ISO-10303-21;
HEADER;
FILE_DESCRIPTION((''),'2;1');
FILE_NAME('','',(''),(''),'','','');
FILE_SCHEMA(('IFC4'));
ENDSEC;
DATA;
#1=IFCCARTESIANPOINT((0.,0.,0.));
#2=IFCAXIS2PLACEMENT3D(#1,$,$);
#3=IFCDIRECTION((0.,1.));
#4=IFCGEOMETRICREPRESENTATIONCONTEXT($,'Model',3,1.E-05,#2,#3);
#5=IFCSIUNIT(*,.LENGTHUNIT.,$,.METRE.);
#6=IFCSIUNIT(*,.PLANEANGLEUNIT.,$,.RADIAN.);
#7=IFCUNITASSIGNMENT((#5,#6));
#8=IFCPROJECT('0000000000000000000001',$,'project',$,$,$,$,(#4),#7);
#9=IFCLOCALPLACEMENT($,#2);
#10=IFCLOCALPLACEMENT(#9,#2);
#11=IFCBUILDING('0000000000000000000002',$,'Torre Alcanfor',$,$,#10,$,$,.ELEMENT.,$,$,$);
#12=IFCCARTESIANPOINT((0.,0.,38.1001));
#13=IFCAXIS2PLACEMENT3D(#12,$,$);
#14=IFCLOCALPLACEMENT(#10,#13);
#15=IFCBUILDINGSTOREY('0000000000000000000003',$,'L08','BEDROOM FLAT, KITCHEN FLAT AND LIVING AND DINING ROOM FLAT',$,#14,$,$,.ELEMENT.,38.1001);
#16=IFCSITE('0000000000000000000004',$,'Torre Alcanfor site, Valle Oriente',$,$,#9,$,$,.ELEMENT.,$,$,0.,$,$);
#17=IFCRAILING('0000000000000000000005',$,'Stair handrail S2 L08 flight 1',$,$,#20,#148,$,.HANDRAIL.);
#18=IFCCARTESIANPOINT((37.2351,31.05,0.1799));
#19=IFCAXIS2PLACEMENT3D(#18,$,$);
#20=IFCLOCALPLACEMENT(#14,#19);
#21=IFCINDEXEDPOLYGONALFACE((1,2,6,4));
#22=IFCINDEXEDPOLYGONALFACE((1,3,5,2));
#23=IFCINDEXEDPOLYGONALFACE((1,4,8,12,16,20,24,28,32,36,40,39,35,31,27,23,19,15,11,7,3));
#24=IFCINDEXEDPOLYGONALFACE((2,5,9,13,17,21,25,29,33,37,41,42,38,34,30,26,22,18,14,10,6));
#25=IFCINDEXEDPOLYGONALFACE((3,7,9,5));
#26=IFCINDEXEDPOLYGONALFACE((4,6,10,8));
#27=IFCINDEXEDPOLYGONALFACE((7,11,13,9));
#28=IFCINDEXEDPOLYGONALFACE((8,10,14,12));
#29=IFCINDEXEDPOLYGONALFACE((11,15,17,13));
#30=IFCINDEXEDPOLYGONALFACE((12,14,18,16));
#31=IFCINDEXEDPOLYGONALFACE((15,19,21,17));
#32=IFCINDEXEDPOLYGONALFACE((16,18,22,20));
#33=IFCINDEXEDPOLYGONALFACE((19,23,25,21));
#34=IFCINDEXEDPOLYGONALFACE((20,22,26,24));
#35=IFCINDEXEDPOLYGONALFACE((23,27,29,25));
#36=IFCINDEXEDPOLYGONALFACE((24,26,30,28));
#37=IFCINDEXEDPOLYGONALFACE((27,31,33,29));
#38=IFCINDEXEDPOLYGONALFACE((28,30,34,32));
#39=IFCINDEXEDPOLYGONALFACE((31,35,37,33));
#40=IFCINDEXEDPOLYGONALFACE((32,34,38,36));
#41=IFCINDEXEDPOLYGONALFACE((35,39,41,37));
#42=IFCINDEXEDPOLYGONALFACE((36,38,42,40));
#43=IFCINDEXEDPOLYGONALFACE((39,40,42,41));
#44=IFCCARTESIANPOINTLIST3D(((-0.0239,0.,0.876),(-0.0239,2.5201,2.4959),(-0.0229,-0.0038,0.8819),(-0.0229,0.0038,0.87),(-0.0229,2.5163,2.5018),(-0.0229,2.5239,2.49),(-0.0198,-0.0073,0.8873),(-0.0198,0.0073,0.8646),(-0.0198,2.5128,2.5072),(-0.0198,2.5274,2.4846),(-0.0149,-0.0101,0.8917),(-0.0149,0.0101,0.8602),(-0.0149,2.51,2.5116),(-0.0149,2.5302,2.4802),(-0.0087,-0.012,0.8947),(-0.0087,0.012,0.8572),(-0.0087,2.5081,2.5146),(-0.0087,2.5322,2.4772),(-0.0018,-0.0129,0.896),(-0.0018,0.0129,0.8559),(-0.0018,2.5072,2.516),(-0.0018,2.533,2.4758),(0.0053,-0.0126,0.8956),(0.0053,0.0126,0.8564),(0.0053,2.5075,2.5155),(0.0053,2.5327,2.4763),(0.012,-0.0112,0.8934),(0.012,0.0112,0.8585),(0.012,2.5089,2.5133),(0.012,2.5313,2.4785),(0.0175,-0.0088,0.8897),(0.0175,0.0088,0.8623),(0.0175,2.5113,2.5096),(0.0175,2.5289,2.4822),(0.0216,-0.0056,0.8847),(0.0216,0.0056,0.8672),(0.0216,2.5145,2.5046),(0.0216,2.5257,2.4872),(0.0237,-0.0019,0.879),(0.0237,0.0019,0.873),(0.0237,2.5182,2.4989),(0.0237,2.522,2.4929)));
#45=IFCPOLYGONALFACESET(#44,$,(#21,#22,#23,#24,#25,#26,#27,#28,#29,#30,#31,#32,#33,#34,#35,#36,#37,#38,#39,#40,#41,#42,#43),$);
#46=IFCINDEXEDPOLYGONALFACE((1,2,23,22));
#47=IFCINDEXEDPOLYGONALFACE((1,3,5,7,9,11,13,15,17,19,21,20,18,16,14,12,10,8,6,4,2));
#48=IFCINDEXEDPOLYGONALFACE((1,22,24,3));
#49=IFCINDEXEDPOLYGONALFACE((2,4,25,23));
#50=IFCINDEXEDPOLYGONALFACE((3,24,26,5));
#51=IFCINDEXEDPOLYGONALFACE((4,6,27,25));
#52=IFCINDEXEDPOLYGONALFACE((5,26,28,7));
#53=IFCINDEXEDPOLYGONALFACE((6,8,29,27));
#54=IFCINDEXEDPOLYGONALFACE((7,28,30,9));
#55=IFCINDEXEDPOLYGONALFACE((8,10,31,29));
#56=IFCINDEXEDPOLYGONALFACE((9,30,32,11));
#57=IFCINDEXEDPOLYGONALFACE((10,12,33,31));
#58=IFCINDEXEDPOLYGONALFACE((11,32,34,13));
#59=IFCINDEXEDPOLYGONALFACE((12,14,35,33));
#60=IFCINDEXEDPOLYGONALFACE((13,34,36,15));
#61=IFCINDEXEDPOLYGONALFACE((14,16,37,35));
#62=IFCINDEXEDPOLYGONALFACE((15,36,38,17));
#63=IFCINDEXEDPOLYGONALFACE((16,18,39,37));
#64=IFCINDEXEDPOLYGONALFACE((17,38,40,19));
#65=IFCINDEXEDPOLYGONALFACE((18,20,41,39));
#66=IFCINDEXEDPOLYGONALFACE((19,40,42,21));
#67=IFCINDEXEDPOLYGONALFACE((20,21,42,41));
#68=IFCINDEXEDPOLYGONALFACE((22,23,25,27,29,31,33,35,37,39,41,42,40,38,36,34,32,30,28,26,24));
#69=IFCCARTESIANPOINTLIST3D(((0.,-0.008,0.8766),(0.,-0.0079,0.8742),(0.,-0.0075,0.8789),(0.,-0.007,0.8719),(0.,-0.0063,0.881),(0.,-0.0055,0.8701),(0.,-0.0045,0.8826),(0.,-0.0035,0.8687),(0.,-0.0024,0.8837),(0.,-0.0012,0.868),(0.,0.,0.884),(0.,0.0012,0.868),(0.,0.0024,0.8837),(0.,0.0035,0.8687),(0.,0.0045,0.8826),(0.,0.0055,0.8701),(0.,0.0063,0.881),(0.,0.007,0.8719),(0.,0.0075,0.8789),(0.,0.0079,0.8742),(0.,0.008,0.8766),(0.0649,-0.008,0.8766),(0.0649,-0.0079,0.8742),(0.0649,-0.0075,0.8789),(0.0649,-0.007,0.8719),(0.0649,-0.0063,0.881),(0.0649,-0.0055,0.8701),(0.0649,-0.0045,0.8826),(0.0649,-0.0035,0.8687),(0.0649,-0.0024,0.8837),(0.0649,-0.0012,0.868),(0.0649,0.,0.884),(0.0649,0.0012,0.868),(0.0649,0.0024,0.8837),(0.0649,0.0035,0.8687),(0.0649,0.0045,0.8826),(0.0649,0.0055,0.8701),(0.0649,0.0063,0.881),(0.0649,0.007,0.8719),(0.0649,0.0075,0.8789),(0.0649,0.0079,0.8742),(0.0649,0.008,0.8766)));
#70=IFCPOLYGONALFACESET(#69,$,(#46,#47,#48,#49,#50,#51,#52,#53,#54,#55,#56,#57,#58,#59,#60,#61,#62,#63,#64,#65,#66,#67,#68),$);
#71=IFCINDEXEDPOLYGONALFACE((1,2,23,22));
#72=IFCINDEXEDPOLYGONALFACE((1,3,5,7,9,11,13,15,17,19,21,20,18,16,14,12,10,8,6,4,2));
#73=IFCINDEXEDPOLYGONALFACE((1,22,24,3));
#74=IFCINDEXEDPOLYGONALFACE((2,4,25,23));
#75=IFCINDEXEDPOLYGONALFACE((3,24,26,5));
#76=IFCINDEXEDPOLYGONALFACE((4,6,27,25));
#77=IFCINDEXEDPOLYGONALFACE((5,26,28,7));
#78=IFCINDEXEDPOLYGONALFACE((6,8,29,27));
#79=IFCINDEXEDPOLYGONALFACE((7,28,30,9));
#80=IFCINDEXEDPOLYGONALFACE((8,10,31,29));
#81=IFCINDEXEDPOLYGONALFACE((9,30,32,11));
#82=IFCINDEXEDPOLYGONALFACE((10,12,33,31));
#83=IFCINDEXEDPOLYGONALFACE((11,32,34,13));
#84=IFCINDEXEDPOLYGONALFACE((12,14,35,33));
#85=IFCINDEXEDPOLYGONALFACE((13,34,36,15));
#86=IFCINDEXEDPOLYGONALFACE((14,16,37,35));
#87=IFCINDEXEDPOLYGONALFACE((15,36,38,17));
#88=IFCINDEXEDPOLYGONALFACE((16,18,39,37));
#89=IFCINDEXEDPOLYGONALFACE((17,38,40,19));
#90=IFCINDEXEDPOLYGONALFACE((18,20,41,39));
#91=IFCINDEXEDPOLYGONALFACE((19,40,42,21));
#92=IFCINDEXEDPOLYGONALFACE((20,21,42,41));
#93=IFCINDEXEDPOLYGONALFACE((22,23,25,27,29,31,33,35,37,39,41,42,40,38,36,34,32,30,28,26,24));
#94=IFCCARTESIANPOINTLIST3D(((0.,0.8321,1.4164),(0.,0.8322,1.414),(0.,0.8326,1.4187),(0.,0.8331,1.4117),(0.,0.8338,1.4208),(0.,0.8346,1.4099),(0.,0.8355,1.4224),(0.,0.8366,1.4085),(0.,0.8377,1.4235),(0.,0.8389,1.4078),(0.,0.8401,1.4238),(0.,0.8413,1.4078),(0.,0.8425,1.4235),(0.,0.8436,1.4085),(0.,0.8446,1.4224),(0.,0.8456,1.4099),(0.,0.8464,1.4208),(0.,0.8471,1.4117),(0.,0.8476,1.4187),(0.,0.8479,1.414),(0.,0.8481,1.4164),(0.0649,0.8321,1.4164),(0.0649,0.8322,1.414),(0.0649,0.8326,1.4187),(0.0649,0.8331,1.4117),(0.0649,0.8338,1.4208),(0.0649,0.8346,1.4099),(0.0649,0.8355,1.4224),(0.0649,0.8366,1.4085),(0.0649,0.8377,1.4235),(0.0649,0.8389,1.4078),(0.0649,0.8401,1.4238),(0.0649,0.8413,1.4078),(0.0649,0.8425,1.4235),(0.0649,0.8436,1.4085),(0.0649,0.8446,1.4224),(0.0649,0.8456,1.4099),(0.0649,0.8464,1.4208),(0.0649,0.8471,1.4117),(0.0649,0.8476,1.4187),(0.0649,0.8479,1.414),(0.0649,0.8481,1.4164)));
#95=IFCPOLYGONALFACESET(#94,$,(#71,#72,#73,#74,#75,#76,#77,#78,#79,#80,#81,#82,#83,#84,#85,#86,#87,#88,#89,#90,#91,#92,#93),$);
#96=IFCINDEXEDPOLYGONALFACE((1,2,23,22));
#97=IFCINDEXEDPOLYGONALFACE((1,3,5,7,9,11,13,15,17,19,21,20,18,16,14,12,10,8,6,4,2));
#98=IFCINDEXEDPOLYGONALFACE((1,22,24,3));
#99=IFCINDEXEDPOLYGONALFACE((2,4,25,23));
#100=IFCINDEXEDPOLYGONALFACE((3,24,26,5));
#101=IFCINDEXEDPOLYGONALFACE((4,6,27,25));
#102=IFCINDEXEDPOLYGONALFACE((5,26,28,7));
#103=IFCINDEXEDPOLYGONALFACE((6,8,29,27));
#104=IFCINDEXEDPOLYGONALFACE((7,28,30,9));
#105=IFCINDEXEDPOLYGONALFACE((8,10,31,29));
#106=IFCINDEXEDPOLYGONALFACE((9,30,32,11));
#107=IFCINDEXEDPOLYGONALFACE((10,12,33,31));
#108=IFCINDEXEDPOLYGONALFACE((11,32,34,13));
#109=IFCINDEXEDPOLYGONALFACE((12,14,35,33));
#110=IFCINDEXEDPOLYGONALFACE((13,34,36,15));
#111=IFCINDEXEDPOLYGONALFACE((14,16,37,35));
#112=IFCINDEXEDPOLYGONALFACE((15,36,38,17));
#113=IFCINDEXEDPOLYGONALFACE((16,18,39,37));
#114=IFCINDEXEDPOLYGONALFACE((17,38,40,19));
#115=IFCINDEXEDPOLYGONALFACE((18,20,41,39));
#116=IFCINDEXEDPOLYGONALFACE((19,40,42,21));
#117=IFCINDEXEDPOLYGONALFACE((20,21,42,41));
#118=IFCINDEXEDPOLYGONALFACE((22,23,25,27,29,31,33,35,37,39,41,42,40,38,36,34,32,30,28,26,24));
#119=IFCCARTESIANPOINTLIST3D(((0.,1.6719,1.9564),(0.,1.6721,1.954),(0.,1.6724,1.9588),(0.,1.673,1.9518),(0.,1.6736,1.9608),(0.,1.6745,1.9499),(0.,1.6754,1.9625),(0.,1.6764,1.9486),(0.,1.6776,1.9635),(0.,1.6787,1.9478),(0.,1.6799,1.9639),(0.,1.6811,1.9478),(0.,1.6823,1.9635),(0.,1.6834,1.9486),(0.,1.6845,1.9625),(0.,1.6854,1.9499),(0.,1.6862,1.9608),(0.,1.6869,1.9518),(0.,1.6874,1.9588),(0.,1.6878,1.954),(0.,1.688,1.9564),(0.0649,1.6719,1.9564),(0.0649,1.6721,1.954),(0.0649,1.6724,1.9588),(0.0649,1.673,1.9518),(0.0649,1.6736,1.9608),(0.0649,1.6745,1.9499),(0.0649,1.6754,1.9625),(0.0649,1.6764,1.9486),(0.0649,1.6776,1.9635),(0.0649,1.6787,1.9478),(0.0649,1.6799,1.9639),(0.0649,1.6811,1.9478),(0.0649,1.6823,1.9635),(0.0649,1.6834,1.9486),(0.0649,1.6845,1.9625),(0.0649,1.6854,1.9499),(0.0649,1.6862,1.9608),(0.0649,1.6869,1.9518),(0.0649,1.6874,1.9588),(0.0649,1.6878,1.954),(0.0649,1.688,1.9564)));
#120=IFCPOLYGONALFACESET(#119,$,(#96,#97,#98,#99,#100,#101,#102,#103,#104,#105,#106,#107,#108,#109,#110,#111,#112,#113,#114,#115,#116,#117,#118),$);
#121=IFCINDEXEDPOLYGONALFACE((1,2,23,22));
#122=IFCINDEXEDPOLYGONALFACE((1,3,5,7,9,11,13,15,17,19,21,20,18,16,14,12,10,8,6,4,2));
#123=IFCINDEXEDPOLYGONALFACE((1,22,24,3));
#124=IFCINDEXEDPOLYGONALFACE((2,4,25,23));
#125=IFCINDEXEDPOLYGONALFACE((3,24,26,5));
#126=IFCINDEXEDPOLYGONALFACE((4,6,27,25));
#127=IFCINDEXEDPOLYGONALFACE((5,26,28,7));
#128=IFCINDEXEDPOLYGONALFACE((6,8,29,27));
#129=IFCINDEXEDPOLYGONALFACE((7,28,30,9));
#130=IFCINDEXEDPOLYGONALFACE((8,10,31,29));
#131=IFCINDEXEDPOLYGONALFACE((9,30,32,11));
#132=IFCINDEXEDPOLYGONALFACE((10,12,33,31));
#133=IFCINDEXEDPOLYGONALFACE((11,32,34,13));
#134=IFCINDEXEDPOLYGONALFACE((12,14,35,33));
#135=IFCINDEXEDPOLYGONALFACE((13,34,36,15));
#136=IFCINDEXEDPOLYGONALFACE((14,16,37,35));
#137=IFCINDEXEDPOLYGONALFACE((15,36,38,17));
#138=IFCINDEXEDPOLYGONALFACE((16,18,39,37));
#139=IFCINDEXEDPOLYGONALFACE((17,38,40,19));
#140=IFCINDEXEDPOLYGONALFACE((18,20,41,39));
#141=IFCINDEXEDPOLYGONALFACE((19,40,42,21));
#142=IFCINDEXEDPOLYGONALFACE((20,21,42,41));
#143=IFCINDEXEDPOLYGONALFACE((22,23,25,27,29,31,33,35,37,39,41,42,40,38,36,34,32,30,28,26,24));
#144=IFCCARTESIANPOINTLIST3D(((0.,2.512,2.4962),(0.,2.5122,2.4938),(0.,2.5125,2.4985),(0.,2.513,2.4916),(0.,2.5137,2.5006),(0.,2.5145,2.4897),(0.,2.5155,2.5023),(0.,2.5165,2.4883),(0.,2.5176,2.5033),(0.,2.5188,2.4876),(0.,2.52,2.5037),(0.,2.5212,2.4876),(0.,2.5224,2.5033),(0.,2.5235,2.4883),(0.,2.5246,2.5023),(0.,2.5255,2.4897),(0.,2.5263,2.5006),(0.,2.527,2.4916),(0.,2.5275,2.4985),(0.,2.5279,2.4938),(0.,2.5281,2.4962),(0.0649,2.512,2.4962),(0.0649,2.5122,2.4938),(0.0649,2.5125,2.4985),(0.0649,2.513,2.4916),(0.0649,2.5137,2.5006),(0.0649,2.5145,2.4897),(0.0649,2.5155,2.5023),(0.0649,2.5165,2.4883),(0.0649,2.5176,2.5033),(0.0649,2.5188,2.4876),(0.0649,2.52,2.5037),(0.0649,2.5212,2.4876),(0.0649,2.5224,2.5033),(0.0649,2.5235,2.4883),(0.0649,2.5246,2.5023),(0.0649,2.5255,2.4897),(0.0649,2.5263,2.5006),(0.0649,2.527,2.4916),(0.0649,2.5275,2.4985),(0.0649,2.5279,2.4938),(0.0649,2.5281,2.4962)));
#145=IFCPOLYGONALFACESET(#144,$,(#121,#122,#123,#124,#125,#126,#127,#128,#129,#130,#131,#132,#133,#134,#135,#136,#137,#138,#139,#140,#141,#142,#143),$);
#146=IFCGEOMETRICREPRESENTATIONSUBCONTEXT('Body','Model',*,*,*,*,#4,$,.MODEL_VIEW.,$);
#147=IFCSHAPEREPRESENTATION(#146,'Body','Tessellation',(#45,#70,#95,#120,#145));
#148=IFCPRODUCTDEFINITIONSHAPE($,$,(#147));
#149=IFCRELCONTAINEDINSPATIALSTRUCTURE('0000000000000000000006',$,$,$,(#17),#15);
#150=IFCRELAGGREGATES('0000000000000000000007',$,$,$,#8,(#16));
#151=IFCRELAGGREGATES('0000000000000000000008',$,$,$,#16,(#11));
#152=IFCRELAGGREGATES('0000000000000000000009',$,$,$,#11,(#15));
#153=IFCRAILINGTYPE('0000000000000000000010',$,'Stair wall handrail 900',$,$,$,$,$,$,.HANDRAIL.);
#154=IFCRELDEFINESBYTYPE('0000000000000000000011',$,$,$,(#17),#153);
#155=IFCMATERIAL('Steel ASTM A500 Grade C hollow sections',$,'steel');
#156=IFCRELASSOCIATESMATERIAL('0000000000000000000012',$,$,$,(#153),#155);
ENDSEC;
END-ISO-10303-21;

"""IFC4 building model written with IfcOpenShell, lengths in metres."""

from ifc_helpers import new_model, si_unit, direction, frame, origin, origin_2d, place, context, subcontext, project, spatial, circle, extrude, material, type_object, element, save


model = new_model("IFC4")

# Units and contexts
model_context = context("Model", 3, precision=1e-05, world=origin(), true_north=direction((0.0, 1.0)))
body_context = subcontext(model_context, "Body", "Model", "MODEL_VIEW")
ifc_project = project(units=[si_unit("LENGTHUNIT", "METRE"), si_unit("PLANEANGLEUNIT", "RADIAN")], contexts=[model_context])

# Site, building, storey
site_placement = place(None, origin())
site = spatial("IfcSite", under=ifc_project, at=site_placement, Name="Torre Alcanfor site, Valle Oriente", CompositionType="ELEMENT", RefElevation=0.0)
building_placement = place(site_placement, origin())
building = spatial("IfcBuilding", under=site, at=building_placement, Name="Torre Alcanfor", CompositionType="ELEMENT")
storey_placement = place(building_placement, frame((0.0, 0.0, 38.1001)))
storey = spatial("IfcBuildingStorey", under=building, at=storey_placement, Name="L08", Description="BEDROOM FLAT, KITCHEN FLAT AND LIVING AND DINING ROOM FLAT", CompositionType="ELEMENT", Elevation=38.1001)

# Railing
ifc_material_1 = material(Name="Steel ASTM A500 Grade C hollow sections", Category="steel")
railing_type_1 = type_object("IfcRailingType", Name="Stair wall handrail 900", PredefinedType="HANDRAIL", material=ifc_material_1)
railing_1_placement = place(storey_placement, frame((37.2351, 31.05, 0.1799)))
element("IfcRailing", 1, at=railing_1_placement, inside=storey, type_object=railing_type_1, Name="Stair handrail S2 L08 flight 1", PredefinedType="HANDRAIL", context=body_context, shape_type="SweptSolid", body=[
    extrude(circle(Radius=0.0239, at=origin_2d()), frame((0.0, 0.0, 0.876), z_axis=(0.0, 0.8412, 0.540725), x_axis=(-1.0, 0.0, 0.0)), (0.0, 0.0, 1.0), 2.9958),
    extrude(circle(Radius=0.0081, at=origin_2d()), frame((0.0, 0.0, 0.876), z_axis=(1.0, 0.0, 0.0), x_axis=(0.0, 0.0, 1.0)), (0.0, 0.0, 1.0), 0.0649),
    extrude(circle(Radius=0.0081, at=origin_2d()), frame((0.0, 0.8401, 1.4158), z_axis=(1.0, 0.0, 0.0), x_axis=(0.0, 0.0, 1.0)), (0.0, 0.0, 1.0), 0.0649),
    extrude(circle(Radius=0.0081, at=origin_2d()), frame((0.0, 1.6799, 1.9558), z_axis=(1.0, 0.0, 0.0), x_axis=(0.0, 0.0, 1.0)), (0.0, 0.0, 1.0), 0.0649),
    extrude(circle(Radius=0.0081, at=origin_2d()), frame((0.0, 2.52, 2.4956), z_axis=(1.0, 0.0, 0.0), x_axis=(0.0, 0.0, 1.0)), (0.0, 0.0, 1.0), 0.0649),
])

save(model, "model.ifc")
